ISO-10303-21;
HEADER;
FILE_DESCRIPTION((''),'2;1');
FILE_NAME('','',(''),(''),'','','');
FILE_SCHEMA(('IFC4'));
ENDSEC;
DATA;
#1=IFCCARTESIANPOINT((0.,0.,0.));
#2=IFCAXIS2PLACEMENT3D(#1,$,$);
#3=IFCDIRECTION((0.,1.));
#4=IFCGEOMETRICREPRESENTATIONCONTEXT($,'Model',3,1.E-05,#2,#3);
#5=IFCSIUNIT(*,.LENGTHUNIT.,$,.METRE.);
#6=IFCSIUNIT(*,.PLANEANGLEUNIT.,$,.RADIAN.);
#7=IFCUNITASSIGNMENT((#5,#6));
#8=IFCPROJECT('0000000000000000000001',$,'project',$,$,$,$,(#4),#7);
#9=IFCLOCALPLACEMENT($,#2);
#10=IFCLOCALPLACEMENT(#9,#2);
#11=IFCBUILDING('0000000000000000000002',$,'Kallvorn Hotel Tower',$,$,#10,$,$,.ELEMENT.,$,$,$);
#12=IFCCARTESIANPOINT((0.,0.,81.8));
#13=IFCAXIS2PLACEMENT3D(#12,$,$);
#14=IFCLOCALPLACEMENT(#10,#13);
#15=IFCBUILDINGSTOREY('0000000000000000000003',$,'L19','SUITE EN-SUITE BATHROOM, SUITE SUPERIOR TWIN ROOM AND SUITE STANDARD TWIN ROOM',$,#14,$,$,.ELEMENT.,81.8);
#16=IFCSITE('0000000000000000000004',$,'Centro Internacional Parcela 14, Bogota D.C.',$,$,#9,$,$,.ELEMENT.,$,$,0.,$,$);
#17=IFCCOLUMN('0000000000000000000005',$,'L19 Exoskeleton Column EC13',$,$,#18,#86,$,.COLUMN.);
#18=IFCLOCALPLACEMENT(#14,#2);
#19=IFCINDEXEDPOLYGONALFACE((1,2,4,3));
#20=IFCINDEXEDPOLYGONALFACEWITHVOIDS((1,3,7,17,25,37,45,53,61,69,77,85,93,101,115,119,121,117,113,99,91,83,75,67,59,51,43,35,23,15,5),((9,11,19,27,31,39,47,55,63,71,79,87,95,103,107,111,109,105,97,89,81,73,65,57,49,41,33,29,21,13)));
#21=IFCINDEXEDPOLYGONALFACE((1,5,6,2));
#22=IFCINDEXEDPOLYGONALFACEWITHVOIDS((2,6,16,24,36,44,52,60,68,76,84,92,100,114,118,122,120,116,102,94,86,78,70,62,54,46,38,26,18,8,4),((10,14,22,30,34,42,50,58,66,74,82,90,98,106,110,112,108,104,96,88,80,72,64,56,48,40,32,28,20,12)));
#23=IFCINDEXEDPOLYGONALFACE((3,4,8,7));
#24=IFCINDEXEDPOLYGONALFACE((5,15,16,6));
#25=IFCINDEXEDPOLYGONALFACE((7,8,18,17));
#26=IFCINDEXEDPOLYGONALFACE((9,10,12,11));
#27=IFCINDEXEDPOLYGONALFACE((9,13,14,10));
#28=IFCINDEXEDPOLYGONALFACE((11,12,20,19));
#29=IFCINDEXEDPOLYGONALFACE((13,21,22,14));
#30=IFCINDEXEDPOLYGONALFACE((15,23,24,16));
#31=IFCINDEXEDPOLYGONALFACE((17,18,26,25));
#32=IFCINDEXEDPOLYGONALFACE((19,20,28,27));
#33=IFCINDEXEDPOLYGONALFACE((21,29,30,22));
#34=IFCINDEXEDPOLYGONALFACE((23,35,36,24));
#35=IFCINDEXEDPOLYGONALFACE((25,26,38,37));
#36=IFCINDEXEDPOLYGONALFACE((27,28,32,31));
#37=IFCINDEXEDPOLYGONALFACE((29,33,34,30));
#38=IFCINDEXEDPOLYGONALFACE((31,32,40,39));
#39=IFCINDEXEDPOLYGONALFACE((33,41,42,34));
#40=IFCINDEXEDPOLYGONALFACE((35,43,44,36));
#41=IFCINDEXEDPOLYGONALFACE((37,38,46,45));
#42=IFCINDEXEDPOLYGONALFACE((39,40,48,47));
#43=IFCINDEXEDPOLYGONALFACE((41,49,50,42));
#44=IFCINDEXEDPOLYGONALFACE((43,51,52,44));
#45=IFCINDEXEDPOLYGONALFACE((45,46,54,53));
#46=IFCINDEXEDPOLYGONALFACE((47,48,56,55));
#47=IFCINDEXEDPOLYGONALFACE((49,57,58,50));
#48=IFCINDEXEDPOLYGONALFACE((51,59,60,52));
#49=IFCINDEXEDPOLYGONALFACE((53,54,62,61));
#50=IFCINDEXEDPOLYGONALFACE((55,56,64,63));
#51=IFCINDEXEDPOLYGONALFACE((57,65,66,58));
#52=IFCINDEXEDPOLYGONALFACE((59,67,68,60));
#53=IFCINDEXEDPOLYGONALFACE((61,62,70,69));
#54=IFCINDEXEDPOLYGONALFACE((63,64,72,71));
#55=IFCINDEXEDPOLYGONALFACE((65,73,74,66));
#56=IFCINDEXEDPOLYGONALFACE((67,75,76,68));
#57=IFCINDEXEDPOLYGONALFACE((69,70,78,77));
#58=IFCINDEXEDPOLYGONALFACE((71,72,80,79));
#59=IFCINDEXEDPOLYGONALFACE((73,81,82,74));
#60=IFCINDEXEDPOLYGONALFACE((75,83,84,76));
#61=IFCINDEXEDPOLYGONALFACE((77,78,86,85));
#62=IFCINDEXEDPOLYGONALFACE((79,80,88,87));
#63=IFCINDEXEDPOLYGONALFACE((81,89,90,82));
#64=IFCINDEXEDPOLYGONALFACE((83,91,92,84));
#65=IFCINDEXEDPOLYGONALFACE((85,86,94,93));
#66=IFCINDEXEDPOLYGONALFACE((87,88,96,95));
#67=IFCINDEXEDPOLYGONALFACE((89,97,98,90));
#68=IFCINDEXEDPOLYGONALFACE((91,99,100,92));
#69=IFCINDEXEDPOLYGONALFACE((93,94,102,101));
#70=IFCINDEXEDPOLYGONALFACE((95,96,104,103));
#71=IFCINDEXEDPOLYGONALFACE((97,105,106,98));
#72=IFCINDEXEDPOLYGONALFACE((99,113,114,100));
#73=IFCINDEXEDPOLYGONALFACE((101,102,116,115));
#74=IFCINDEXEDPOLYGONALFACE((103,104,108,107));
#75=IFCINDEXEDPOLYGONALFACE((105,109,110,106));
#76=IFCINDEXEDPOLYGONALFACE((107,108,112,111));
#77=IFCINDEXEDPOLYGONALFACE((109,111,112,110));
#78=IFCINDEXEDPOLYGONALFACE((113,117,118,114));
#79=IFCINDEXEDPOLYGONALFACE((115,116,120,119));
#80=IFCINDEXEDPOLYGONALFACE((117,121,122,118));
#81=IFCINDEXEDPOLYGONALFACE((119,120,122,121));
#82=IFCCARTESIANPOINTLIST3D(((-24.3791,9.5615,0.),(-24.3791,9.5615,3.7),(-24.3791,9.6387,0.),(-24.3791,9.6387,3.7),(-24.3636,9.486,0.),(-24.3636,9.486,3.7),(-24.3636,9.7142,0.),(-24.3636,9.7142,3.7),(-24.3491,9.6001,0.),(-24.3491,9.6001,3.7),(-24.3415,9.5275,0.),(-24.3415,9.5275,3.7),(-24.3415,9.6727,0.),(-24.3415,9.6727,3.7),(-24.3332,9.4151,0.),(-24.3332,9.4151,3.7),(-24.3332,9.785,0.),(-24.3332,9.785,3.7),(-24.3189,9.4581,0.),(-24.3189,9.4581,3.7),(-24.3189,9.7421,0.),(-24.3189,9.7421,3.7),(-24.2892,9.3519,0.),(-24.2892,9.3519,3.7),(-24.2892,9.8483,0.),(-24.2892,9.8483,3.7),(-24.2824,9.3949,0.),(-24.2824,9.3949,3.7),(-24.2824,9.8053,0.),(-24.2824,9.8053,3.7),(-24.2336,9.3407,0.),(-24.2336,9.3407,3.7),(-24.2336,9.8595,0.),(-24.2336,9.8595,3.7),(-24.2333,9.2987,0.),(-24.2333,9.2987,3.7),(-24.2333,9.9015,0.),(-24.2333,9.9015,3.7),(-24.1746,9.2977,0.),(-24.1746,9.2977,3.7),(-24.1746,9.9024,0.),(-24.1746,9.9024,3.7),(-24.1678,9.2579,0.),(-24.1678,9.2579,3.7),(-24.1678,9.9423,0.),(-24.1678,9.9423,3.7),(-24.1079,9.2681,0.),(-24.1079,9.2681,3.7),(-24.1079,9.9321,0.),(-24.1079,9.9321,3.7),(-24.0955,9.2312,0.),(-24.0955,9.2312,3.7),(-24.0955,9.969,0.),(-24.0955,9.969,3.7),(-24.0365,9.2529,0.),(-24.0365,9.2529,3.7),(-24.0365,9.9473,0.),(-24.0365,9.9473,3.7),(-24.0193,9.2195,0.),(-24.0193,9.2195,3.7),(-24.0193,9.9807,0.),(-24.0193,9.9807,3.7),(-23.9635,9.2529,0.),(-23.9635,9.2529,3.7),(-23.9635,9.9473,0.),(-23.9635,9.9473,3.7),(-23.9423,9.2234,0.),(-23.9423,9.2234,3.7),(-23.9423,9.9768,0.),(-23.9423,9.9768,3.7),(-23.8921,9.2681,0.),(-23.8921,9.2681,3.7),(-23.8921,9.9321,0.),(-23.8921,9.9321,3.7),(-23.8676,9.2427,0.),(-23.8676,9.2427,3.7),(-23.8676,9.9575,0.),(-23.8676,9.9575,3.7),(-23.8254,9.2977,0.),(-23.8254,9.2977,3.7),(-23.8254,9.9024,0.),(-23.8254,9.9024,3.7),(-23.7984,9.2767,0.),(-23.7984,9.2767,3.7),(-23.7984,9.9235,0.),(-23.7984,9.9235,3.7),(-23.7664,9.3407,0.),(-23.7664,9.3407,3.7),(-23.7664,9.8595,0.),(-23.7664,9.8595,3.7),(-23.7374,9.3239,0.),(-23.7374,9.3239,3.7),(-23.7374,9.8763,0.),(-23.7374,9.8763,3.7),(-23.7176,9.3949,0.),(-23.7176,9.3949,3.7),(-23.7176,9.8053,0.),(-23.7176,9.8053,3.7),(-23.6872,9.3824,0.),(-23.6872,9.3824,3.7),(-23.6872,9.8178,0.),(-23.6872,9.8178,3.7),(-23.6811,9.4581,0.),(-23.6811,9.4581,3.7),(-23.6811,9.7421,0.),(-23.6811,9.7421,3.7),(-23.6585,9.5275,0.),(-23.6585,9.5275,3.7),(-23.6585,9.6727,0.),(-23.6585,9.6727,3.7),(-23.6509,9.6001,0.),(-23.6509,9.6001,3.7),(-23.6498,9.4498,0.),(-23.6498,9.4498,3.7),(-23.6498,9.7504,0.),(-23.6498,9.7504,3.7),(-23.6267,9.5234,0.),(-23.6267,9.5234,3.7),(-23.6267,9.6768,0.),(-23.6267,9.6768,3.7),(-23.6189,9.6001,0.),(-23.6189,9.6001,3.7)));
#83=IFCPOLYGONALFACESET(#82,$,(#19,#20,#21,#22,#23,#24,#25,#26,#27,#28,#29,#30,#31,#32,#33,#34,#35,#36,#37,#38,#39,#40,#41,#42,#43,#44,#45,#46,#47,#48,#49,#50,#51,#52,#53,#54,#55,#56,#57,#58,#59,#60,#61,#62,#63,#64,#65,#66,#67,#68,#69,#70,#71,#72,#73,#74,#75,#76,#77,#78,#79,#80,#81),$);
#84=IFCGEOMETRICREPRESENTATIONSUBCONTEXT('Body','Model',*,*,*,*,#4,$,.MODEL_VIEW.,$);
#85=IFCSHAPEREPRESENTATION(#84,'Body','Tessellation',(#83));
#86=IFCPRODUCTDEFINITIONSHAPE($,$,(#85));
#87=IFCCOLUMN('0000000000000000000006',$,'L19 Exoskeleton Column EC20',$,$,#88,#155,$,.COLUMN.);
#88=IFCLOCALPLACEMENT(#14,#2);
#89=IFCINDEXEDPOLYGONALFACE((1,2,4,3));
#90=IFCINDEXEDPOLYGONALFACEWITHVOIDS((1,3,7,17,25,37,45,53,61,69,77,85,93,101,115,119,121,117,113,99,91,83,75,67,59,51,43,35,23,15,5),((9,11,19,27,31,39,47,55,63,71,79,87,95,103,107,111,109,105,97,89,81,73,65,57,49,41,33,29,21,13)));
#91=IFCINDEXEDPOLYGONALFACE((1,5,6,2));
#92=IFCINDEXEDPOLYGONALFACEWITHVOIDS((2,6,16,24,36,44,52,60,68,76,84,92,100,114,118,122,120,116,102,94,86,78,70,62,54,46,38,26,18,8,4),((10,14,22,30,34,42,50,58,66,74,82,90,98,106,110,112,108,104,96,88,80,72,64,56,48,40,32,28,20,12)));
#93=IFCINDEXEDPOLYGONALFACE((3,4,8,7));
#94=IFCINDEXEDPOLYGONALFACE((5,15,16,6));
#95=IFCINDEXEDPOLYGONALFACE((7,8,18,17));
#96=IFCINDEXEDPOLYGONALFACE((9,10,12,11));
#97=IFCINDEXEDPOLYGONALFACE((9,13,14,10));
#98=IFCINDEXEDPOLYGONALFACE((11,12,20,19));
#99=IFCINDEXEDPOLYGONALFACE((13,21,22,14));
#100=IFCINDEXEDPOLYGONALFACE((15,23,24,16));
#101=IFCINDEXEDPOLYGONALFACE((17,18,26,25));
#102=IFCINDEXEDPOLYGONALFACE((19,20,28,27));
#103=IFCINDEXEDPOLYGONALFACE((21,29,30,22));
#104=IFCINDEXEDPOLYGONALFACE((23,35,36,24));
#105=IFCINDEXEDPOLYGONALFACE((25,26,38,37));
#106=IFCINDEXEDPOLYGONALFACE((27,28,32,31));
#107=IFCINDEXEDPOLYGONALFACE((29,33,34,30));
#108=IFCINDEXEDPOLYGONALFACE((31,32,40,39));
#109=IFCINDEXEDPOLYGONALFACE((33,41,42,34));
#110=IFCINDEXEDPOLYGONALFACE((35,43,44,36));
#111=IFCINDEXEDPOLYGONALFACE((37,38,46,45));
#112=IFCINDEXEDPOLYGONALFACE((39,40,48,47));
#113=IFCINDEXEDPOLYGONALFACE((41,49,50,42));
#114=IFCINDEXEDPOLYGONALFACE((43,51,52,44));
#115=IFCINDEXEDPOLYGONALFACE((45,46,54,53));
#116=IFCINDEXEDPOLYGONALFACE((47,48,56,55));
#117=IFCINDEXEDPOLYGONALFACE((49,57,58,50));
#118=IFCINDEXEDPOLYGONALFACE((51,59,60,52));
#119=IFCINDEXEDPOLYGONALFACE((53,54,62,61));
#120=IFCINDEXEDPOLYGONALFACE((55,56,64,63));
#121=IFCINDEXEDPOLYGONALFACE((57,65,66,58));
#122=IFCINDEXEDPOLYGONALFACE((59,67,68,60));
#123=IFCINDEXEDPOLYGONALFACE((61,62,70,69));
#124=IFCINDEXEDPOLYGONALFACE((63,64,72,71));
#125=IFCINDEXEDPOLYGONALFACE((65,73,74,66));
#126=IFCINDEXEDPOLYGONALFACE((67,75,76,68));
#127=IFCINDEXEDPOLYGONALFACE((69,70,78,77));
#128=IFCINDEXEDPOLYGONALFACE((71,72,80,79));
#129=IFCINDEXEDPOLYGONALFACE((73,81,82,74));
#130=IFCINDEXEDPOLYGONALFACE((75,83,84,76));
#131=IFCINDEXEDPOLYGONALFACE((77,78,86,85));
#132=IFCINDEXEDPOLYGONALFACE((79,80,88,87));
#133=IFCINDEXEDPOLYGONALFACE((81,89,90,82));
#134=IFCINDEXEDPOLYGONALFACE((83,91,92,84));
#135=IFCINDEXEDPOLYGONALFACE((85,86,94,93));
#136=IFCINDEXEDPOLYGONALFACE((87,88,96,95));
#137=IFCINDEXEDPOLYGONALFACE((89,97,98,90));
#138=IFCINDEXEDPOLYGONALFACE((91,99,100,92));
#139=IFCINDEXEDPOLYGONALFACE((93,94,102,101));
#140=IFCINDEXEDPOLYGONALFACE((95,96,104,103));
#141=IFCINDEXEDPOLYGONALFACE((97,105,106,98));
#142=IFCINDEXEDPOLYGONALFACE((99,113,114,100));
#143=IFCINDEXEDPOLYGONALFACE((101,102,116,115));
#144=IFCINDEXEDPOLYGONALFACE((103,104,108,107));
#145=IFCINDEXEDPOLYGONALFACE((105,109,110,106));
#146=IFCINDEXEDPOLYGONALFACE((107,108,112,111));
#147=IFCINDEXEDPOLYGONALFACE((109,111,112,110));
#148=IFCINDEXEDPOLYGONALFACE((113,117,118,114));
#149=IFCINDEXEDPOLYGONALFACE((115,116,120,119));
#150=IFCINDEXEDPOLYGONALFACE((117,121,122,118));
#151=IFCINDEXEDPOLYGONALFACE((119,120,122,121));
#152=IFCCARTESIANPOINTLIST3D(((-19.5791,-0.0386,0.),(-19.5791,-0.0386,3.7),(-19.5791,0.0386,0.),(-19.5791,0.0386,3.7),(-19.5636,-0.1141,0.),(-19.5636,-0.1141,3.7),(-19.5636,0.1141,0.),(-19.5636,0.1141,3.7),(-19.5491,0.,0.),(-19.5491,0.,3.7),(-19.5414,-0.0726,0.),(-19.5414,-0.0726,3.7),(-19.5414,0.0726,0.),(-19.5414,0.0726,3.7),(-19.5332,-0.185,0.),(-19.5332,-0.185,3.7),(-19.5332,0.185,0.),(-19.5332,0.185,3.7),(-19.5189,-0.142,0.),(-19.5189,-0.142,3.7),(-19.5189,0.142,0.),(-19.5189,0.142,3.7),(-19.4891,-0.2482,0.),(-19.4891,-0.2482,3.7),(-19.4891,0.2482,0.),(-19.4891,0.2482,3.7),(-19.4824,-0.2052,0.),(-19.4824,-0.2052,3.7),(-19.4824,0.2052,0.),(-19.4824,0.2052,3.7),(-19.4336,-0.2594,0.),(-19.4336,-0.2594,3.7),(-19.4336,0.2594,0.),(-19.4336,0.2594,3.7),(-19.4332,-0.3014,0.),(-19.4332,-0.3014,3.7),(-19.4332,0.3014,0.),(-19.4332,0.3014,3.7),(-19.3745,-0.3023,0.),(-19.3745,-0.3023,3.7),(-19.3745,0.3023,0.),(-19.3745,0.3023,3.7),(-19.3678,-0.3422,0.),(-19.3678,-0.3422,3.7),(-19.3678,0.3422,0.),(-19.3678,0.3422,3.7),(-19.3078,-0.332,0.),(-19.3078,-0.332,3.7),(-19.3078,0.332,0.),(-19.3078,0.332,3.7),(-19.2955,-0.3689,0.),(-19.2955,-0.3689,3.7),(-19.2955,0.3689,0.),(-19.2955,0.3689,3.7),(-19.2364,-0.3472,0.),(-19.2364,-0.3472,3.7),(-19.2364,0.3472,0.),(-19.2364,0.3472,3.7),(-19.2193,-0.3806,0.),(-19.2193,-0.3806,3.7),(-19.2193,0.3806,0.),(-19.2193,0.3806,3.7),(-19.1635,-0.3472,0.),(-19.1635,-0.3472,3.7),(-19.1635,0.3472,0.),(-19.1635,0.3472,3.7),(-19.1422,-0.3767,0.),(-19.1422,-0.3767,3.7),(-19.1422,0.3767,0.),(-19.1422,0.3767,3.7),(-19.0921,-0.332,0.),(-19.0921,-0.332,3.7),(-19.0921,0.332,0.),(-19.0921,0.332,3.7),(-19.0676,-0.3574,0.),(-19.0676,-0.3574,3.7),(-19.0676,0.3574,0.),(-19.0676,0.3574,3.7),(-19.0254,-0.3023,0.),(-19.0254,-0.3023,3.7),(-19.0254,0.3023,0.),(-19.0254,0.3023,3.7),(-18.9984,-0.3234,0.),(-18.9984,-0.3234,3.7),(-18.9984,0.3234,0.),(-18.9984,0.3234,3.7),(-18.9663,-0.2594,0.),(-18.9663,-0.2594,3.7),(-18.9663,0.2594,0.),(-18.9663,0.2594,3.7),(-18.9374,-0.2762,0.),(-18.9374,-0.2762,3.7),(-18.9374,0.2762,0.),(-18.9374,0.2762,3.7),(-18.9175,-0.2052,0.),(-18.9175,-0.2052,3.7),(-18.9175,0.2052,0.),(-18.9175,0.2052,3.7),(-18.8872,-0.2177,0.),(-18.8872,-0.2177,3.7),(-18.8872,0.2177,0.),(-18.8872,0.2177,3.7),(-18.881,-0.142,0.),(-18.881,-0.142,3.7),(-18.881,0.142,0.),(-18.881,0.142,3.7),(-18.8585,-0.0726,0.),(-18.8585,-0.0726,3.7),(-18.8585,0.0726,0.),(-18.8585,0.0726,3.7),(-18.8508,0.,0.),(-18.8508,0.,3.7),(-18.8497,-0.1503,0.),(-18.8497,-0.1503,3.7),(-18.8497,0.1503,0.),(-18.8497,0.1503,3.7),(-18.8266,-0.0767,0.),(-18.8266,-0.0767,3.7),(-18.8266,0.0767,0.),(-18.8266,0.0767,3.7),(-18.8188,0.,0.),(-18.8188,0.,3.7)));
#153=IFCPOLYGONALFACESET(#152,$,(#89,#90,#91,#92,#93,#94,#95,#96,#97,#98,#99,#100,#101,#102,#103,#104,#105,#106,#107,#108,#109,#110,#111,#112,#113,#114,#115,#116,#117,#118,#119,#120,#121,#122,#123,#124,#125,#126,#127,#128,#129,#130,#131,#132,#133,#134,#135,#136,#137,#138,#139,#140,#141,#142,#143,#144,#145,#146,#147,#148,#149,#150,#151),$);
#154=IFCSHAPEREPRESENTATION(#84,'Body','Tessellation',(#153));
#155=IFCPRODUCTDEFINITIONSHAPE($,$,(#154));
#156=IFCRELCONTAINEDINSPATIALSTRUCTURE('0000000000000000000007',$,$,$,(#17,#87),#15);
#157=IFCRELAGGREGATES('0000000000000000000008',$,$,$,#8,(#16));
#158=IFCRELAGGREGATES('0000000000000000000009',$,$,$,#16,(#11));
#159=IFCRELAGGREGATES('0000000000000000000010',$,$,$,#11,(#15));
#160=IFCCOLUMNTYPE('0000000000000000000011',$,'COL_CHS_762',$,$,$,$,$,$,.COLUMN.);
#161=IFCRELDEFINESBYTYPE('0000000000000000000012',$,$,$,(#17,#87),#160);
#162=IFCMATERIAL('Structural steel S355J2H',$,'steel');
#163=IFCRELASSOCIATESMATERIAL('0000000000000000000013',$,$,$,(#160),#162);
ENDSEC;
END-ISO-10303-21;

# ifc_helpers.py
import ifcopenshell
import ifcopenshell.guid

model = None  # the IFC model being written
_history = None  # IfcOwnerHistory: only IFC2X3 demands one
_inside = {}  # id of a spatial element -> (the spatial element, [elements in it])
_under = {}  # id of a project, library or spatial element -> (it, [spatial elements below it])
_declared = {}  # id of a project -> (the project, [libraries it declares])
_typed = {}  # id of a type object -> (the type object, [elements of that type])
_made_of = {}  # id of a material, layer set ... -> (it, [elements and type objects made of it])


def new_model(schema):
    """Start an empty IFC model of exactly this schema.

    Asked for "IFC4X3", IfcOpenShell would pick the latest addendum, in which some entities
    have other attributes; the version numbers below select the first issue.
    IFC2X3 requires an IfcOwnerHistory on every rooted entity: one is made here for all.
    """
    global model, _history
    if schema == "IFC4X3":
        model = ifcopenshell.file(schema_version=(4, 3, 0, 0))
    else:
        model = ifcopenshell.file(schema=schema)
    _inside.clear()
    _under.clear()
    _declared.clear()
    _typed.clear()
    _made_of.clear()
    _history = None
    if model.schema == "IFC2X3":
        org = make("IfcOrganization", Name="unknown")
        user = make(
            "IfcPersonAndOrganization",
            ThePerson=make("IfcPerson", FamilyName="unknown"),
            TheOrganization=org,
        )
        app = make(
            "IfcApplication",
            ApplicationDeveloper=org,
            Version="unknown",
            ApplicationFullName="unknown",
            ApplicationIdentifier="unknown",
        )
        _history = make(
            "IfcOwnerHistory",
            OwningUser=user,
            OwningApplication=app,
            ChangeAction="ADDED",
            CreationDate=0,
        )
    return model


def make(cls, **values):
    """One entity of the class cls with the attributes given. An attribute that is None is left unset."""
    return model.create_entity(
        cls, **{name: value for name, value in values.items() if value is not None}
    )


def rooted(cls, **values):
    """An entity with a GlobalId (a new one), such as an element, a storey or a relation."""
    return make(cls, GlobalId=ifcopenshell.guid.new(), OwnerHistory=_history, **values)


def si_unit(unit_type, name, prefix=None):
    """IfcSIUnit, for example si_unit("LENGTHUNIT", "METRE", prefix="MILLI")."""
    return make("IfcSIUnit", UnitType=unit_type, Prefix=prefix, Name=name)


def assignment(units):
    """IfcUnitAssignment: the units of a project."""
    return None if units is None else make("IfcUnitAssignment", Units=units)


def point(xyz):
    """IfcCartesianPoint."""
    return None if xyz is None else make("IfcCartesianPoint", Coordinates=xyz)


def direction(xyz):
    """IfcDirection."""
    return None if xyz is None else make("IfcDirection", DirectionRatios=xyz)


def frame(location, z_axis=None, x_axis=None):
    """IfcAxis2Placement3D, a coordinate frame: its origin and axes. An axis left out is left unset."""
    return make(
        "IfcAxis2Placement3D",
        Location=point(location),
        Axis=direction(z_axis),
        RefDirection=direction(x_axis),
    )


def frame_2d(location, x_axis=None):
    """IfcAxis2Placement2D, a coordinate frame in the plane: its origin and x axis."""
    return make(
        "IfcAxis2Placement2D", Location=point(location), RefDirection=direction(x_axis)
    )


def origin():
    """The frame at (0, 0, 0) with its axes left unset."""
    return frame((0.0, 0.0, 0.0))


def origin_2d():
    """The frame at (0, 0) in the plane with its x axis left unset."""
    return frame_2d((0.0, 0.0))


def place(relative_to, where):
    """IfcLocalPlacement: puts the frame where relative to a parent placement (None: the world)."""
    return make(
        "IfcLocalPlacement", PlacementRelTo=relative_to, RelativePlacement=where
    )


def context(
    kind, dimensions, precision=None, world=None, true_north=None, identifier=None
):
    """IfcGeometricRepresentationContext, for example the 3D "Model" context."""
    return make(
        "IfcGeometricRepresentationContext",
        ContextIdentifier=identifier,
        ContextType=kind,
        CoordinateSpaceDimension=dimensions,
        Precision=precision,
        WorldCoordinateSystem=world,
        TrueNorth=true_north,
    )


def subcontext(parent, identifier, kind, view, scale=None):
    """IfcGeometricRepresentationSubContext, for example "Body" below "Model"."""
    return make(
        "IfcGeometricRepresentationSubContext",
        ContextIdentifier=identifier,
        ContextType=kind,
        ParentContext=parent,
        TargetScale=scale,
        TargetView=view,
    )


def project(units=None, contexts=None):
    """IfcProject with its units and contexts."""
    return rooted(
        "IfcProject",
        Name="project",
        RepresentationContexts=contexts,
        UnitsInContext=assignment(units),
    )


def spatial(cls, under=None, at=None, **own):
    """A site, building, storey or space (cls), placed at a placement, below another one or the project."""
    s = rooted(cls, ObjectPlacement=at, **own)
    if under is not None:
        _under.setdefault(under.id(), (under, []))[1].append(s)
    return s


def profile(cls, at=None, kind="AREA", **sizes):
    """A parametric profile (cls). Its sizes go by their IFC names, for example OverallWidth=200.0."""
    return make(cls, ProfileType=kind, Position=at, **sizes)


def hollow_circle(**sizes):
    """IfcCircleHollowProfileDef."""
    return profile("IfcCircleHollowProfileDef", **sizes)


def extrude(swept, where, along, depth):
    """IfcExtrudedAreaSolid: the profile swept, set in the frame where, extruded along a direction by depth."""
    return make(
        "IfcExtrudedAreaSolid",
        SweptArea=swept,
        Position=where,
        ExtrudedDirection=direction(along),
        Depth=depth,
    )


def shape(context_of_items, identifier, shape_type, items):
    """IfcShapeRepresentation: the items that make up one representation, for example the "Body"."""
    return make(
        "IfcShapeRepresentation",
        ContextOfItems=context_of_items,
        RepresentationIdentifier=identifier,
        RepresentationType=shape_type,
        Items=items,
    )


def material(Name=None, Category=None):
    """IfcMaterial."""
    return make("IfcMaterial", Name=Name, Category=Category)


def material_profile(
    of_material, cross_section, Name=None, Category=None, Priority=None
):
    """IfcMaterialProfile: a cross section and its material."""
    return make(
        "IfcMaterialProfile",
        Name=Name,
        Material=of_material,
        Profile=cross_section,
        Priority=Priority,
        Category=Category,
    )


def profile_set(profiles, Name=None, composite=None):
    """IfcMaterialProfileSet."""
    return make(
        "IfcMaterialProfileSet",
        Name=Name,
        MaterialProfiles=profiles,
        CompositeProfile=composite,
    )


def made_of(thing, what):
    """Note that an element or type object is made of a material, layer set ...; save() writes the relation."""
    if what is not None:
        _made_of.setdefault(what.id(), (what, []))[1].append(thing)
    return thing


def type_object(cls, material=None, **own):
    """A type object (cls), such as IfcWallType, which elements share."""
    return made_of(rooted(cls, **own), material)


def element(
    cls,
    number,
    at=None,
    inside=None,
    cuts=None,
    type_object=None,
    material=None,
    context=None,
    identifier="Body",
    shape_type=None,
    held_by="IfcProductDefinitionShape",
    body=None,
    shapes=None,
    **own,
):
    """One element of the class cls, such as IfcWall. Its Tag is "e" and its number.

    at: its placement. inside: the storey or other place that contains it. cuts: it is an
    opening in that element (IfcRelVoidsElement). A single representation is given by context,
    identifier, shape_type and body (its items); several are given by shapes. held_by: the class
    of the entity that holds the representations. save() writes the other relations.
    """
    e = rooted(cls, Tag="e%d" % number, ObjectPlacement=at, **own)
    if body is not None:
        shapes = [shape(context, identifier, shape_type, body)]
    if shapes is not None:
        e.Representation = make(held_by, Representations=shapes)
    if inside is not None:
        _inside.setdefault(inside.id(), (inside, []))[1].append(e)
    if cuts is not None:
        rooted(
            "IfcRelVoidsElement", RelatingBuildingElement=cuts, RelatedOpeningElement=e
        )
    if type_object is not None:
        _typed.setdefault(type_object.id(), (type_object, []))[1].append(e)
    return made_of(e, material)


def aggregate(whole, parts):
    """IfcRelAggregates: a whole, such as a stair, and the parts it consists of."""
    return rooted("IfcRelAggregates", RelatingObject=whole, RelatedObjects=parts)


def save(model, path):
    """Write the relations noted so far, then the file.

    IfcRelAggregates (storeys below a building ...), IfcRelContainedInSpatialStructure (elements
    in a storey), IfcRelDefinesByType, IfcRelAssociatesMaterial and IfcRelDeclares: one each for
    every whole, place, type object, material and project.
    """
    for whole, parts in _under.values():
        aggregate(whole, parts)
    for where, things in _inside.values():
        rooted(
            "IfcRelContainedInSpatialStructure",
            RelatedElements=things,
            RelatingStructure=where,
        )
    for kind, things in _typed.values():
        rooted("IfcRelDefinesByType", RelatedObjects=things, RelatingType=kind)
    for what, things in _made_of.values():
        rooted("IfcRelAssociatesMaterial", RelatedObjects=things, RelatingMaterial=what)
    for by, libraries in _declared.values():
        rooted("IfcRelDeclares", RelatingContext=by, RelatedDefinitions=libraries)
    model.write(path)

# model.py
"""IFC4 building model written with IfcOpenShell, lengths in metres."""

from ifc_helpers import new_model, si_unit, direction, frame, origin, origin_2d, place, context, subcontext, project, spatial, hollow_circle, extrude, material, material_profile, profile_set, type_object, element, save


model = new_model("IFC4")

# Units and contexts
model_context = context("Model", 3, precision=1e-05, world=origin(), true_north=direction((0.0, 1.0)))
body_context = subcontext(model_context, "Body", "Model", "MODEL_VIEW")
ifc_project = project(units=[si_unit("LENGTHUNIT", "METRE"), si_unit("PLANEANGLEUNIT", "RADIAN")], contexts=[model_context])

# Site, building, storey
site_placement = place(None, origin())
site = spatial("IfcSite", under=ifc_project, at=site_placement, Name="Centro Internacional Parcela 14, Bogota D.C.", CompositionType="ELEMENT", RefElevation=0.0)
building_placement = place(site_placement, origin())
building = spatial("IfcBuilding", under=site, at=building_placement, Name="Kallvorn Hotel Tower", CompositionType="ELEMENT")
storey_placement = place(building_placement, frame((0.0, 0.0, 81.8)))
storey = spatial("IfcBuildingStorey", under=building, at=storey_placement, Name="L19", Description="SUITE EN-SUITE BATHROOM, SUITE SUPERIOR TWIN ROOM AND SUITE STANDARD TWIN ROOM", CompositionType="ELEMENT", Elevation=81.8)

# Columns
ifc_material_1 = material(Name="Structural steel S355J2H", Category="steel")
ifc_material_profile_1 = material_profile(ifc_material_1, hollow_circle(Radius=0.3811, WallThickness=0.032, at=origin_2d()), Name="CHS 762x32")
ifc_profile_set_1 = profile_set([ifc_material_profile_1], Name="Structural steel S355J2H")
column_type_1 = type_object("IfcColumnType", Name="COL_CHS_762", PredefinedType="COLUMN", material=ifc_profile_set_1)
for number, where, z_axis, x_axis, name in (
    (1, (-24.0, 9.6001, 0.0), (0.0, 0.0, 1.0), (1.0, 0.0, 0.0), "L19 Exoskeleton Column EC13"),
    (2, (-19.2, 0.0, 0.0), (0.0, 0.0, 1.0), (1.0, 0.0, 0.0), "L19 Exoskeleton Column EC20"),
):
    element("IfcColumn", number, at=place(storey_placement, frame(where, z_axis=z_axis, x_axis=x_axis)), inside=storey, type_object=column_type_1, Name=name, PredefinedType="COLUMN", context=body_context, shape_type="SweptSolid", body=[
        extrude(hollow_circle(Radius=0.3811, WallThickness=0.032, at=origin_2d()), origin(), (0.0, 0.0, 1.0), 3.7),
    ])

save(model, "model.ifc")
